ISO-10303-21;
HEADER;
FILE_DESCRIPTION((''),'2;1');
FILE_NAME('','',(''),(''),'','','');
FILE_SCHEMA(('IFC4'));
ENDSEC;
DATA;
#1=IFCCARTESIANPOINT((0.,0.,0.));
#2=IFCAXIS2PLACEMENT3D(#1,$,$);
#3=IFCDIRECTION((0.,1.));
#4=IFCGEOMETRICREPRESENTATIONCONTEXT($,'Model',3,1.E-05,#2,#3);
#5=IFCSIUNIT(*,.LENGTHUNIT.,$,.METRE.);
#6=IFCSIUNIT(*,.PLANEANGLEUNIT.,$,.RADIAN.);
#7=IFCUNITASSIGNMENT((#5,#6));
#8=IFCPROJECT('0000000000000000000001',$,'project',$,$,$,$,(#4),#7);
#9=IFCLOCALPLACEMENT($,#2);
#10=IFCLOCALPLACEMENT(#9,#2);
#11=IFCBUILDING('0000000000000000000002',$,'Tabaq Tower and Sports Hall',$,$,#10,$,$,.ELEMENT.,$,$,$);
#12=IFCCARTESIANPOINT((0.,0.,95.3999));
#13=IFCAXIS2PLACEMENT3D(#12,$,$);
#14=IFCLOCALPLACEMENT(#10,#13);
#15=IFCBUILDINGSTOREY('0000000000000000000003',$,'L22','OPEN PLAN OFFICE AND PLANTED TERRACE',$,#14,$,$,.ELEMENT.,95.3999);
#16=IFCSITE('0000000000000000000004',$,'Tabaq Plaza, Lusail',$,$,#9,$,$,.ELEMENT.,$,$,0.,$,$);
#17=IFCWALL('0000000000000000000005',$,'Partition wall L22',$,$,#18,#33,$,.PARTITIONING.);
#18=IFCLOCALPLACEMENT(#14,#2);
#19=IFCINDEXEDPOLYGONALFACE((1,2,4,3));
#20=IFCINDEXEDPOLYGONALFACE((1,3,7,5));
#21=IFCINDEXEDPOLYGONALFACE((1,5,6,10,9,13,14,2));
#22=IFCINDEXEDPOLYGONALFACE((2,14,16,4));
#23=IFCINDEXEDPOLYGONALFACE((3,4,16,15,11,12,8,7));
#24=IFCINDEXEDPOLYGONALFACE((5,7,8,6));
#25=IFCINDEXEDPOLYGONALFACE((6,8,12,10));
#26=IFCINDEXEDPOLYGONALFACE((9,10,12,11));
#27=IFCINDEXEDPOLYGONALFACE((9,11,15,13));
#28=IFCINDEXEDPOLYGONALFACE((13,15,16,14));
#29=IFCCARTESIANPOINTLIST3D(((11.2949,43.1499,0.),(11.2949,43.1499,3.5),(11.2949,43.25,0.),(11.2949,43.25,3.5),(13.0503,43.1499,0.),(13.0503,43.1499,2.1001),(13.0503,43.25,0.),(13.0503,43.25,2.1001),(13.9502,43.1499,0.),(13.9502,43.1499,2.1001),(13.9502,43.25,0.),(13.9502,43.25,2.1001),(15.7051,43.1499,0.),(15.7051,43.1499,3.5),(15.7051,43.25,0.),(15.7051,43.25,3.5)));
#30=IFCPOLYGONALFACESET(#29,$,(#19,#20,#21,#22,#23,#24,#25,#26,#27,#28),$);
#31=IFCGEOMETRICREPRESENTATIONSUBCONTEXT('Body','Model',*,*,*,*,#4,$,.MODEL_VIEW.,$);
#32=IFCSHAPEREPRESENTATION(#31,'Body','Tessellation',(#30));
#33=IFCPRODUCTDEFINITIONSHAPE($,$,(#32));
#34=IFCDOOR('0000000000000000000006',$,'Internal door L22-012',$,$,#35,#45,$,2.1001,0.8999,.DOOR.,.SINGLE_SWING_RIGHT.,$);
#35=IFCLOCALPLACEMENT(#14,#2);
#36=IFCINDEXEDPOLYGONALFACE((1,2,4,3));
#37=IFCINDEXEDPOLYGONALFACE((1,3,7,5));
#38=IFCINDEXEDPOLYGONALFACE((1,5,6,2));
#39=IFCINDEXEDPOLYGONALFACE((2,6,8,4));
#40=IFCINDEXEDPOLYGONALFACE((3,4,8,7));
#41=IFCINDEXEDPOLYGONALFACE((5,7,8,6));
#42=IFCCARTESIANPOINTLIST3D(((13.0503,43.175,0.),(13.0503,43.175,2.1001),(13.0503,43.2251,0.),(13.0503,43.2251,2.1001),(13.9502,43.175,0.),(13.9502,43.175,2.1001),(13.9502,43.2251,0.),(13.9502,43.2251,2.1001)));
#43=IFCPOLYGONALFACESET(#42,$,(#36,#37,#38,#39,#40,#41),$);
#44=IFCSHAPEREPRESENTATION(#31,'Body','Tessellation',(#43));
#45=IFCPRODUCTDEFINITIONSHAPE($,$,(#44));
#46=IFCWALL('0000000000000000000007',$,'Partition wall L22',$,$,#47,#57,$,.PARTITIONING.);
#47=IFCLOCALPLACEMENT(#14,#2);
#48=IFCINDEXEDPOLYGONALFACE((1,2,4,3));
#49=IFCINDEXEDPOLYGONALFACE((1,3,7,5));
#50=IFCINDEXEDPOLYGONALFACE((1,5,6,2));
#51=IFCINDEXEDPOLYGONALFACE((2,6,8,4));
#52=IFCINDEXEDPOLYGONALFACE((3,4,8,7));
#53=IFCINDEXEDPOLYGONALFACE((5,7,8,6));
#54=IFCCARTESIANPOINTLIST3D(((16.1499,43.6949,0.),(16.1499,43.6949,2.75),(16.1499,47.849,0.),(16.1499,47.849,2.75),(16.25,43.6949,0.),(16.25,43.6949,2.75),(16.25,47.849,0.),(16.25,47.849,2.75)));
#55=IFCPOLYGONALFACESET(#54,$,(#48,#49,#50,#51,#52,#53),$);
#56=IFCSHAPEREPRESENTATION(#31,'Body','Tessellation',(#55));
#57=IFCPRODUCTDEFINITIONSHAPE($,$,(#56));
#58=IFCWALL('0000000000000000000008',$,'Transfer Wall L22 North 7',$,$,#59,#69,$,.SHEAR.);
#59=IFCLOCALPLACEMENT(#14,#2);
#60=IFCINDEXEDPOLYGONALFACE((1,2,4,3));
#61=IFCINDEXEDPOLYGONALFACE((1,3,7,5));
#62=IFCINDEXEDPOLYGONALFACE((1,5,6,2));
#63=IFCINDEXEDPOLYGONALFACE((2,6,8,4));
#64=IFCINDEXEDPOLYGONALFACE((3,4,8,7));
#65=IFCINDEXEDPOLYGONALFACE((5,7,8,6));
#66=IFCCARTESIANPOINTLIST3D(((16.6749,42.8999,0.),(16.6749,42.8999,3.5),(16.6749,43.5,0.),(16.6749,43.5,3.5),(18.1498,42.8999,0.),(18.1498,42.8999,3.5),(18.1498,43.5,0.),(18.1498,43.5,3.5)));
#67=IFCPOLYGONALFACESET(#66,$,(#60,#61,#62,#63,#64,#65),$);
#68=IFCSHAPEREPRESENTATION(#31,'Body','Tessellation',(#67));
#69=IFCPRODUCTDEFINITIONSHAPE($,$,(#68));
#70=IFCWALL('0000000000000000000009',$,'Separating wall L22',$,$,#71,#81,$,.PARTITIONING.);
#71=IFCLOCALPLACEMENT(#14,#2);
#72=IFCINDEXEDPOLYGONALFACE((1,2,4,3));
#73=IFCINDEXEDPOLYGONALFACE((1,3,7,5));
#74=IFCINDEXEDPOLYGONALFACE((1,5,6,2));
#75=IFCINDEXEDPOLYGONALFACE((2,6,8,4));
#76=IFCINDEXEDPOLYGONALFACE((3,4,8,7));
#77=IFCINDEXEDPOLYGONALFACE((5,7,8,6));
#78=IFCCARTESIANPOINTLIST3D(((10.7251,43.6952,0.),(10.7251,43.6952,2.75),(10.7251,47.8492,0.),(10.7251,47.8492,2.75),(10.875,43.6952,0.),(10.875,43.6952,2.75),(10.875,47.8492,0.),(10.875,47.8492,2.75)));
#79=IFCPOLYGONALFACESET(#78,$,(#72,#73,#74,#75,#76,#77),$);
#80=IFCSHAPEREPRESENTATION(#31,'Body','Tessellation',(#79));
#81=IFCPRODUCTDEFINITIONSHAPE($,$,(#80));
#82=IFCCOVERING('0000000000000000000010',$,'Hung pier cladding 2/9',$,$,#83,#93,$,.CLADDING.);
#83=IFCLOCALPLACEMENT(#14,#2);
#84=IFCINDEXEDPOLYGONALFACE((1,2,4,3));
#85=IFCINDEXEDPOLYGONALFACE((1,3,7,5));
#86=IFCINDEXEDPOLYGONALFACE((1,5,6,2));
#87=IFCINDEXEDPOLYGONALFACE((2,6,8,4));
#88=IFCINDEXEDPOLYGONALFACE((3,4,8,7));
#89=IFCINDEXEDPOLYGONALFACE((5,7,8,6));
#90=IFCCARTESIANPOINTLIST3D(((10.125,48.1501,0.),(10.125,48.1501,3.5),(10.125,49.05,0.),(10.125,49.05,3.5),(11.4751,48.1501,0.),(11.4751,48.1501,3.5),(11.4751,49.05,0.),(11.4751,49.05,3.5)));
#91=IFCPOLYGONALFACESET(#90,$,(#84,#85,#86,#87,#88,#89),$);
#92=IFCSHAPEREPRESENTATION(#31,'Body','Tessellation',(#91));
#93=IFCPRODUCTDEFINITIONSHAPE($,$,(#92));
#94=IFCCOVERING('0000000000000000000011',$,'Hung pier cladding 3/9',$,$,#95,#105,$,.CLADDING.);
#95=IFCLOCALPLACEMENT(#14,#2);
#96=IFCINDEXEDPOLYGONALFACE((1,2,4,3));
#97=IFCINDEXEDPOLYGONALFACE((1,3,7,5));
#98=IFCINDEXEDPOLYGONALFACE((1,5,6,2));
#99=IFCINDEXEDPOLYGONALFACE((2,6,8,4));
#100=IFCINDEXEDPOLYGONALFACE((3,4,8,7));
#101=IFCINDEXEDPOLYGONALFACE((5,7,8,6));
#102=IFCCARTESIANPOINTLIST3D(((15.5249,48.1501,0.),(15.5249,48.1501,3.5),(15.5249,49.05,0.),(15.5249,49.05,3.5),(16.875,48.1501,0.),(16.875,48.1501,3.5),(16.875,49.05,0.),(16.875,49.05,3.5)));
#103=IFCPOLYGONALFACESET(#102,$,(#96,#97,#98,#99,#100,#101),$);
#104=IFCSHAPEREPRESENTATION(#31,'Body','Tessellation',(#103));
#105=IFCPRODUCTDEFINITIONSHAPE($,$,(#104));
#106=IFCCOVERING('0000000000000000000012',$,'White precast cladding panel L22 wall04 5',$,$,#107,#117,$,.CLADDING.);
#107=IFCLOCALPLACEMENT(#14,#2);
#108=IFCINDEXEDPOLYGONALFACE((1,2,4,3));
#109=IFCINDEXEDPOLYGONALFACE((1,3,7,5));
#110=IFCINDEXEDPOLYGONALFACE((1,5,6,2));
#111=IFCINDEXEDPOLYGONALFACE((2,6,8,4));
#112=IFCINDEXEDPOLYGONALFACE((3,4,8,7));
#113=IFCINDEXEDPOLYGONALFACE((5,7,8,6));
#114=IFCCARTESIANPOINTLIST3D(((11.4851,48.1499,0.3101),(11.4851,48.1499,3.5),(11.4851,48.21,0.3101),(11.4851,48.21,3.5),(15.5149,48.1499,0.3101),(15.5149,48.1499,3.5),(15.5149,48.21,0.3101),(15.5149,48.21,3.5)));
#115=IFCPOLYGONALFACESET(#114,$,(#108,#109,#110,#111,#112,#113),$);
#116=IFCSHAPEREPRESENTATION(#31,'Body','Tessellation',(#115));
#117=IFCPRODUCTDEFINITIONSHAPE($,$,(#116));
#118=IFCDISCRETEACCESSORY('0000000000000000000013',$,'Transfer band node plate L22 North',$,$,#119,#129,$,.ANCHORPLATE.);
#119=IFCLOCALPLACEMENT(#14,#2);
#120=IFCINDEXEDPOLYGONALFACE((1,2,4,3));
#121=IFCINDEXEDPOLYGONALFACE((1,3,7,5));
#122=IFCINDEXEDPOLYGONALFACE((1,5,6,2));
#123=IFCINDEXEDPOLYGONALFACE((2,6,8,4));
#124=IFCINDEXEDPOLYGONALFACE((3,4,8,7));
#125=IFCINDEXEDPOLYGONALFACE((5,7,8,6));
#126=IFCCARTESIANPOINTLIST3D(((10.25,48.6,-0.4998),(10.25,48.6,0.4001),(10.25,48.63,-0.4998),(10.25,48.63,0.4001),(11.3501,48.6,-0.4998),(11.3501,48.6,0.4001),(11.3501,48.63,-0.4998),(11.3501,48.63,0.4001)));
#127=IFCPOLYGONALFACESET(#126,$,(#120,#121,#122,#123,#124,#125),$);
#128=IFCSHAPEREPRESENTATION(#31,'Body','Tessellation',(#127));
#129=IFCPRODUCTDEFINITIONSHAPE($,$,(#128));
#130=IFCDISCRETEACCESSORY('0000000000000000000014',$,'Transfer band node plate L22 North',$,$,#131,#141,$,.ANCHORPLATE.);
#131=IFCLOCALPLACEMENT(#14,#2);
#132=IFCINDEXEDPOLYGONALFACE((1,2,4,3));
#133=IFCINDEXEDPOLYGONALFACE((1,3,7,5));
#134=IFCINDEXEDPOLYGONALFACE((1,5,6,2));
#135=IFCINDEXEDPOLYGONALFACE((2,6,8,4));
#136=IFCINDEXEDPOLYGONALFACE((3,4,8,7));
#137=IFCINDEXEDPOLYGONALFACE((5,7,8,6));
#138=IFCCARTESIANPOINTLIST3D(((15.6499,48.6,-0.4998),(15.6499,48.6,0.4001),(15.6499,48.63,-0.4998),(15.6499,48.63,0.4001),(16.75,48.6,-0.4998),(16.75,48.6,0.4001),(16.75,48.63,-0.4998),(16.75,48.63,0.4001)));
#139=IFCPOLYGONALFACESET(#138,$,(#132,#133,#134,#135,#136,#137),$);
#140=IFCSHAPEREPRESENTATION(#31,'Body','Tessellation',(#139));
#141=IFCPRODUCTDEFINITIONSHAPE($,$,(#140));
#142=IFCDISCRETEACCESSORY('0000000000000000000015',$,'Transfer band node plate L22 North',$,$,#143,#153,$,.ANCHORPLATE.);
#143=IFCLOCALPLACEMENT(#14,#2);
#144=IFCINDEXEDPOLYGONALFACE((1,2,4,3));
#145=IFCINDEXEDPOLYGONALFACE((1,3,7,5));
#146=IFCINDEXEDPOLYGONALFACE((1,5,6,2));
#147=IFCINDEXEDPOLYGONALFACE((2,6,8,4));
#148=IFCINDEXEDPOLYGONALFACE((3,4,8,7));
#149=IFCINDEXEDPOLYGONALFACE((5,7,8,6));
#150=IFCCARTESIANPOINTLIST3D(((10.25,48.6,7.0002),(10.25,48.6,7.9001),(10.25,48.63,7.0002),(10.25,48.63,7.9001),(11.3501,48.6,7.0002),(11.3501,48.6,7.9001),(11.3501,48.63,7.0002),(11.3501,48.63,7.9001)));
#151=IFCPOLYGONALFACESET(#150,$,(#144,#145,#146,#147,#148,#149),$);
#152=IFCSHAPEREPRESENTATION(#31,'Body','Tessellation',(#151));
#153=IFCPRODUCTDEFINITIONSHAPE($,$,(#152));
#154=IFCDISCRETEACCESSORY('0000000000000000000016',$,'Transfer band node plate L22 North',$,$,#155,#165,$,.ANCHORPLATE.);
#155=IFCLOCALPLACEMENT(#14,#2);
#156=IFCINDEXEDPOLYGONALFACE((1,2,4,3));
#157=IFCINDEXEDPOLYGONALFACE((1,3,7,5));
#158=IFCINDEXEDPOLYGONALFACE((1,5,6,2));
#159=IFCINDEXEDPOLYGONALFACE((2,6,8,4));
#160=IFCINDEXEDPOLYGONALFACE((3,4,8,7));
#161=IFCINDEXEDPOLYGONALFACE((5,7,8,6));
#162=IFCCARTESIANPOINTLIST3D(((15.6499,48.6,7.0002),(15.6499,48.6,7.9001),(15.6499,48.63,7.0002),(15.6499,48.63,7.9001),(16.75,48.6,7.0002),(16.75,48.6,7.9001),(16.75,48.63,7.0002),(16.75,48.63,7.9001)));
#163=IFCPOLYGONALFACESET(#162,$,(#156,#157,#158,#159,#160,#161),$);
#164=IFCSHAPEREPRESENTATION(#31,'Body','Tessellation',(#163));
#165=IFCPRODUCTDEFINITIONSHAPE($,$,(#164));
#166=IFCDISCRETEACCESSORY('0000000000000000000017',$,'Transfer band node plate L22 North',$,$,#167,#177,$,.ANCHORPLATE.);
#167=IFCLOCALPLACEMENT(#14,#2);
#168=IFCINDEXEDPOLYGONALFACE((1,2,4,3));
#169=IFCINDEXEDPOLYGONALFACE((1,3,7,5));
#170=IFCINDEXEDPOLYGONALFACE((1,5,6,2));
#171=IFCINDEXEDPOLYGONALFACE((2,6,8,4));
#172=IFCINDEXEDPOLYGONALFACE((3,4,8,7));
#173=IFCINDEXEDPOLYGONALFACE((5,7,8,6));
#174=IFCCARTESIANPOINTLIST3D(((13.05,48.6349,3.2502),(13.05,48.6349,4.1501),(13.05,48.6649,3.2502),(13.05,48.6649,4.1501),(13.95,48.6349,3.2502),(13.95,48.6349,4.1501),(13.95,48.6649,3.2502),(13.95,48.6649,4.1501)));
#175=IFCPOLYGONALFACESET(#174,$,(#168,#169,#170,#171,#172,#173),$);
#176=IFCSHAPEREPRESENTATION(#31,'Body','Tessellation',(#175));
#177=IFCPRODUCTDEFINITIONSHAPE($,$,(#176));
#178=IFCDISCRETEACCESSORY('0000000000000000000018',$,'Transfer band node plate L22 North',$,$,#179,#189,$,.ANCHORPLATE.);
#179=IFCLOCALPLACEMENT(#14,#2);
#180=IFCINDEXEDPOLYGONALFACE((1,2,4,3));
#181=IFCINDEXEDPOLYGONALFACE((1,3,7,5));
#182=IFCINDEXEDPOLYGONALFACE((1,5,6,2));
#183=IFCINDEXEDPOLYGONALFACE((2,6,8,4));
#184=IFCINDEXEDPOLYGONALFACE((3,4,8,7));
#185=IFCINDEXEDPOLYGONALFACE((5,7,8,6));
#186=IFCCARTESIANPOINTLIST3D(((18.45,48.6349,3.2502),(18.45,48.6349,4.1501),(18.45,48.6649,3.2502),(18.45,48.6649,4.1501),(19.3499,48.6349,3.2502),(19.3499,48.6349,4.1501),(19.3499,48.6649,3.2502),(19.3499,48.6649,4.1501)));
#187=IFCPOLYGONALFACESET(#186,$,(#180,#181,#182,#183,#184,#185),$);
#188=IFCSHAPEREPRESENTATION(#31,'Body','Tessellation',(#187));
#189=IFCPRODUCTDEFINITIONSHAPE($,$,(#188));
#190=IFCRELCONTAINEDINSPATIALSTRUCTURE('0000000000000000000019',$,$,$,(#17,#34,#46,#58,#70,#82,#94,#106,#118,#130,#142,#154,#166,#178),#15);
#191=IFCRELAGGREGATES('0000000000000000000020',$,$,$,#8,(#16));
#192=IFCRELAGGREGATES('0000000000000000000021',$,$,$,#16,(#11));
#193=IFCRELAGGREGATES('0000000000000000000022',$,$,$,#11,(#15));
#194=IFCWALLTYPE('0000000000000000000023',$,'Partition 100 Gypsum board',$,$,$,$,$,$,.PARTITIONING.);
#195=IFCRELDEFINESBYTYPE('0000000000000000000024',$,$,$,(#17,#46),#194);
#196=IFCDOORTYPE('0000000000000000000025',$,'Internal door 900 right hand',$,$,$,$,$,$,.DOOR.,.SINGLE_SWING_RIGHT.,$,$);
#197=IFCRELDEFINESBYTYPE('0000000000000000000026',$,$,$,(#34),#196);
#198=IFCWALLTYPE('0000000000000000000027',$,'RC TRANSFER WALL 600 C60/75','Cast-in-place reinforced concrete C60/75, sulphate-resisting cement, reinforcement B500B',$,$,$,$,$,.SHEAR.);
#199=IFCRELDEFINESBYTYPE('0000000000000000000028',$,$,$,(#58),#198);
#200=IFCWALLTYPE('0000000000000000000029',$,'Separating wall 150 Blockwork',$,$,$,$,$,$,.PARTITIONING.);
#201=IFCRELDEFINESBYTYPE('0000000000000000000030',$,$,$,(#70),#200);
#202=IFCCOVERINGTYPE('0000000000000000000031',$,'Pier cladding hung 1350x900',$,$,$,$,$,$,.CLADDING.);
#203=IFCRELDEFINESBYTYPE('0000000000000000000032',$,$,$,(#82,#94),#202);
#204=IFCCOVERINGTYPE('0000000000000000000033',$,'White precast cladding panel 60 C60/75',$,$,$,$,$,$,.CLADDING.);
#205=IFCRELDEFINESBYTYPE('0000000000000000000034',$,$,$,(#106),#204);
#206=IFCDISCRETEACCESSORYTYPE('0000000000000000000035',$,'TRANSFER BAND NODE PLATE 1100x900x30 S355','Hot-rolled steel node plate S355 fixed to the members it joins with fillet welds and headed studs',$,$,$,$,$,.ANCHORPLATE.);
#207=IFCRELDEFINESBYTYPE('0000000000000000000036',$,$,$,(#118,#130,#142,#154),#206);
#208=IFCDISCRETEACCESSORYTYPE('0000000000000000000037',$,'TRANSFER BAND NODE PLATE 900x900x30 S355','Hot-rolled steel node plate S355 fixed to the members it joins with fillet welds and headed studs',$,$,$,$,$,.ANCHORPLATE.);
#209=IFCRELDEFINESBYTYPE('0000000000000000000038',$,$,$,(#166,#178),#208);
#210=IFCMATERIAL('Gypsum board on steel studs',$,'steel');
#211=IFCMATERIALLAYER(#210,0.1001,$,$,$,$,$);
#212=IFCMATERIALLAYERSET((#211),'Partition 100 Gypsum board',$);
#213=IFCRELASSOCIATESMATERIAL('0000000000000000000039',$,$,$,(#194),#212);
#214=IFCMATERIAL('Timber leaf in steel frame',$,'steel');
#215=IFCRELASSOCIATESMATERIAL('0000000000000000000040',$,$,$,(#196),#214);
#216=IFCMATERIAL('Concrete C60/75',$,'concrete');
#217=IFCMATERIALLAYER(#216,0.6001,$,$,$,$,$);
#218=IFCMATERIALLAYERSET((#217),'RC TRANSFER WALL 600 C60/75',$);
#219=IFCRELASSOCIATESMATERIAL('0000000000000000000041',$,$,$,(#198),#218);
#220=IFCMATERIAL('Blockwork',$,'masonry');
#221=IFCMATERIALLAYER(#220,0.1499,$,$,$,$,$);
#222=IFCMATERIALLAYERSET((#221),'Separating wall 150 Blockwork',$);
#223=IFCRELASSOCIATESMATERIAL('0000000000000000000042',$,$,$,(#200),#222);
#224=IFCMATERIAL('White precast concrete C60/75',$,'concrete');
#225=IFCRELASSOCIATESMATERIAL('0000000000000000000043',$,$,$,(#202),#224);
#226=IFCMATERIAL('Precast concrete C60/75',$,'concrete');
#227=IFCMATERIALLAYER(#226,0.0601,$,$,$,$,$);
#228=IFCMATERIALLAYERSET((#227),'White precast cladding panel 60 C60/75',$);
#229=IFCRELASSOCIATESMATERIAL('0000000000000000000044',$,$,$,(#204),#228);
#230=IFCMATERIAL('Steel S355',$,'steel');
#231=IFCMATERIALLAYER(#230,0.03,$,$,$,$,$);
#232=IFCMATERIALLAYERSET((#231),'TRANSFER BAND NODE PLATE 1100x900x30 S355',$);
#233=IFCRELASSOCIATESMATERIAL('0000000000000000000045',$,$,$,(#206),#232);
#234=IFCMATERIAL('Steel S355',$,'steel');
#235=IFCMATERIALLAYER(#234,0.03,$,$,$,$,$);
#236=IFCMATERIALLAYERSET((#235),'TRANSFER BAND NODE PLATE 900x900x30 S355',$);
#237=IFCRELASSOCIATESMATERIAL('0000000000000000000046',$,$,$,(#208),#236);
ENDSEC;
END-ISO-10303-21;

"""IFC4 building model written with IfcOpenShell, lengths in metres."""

from ifc_helpers import new_model, si_unit, direction, frame, frame_2d, origin, origin_2d, place, context, subcontext, project, spatial, rectangle, extrude, material, layer, layer_set, type_object, element, fill, save


model = new_model("IFC4")

# Units and contexts
model_context = context("Model", 3, precision=1e-05, world=origin(), true_north=direction((0.0, 1.0)))
body_context = subcontext(model_context, "Body", "Model", "MODEL_VIEW")
ifc_project = project(units=[si_unit("LENGTHUNIT", "METRE"), si_unit("PLANEANGLEUNIT", "RADIAN")], contexts=[model_context])

# Site, building, storey
site_placement = place(None, origin())
site = spatial("IfcSite", under=ifc_project, at=site_placement, Name="Tabaq Plaza, Lusail", CompositionType="ELEMENT", RefElevation=0.0)
building_placement = place(site_placement, origin())
building = spatial("IfcBuilding", under=site, at=building_placement, Name="Tabaq Tower and Sports Hall", CompositionType="ELEMENT")
storey_placement = place(building_placement, frame((0.0, 0.0, 95.3999)))
storey = spatial("IfcBuildingStorey", under=building, at=storey_placement, Name="L22", Description="OPEN PLAN OFFICE AND PLANTED TERRACE", CompositionType="ELEMENT", Elevation=95.3999)

# Wall, opening, door
ifc_material_1 = material(Name="Gypsum board on steel studs", Category="steel")
ifc_layer_1 = layer(ifc_material_1, 0.1001)
ifc_layer_set_1 = layer_set([ifc_layer_1], Name="Partition 100 Gypsum board")
wall_type_1 = type_object("IfcWallType", Name="Partition 100 Gypsum board", PredefinedType="PARTITIONING", material=ifc_layer_set_1)
wall_1_placement = place(storey_placement, frame((15.7051, 43.2, 0.0), z_axis=(0.0, 0.0, 1.0), x_axis=(-1.0, 0.0, 0.0)))
wall_1 = element("IfcWall", 1, at=wall_1_placement, inside=storey, type_object=wall_type_1, Name="Partition wall L22", PredefinedType="PARTITIONING", context=body_context, shape_type="SweptSolid", body=[
    extrude(rectangle(XDim=4.4102, YDim=0.1001, at=frame_2d((2.2051, 0.0))), origin(), (0.0, 0.0, 1.0), 3.5),
])
opening_1_placement = place(wall_1_placement, frame((1.7549, 0.0, 0.0)))
opening_1 = element("IfcOpeningElement", 2, at=opening_1_placement, cuts=wall_1, PredefinedType="OPENING", context=body_context, shape_type="SweptSolid", body=[
    extrude(rectangle(XDim=0.8999, YDim=2.1001, at=frame_2d((0.45, 1.05))), frame((0.0, 0.05, 0.0), z_axis=(0.0, -1.0, 0.0), x_axis=(1.0, 0.0, 0.0)), (0.0, 0.0, 1.0), 0.1001),
])
ifc_material_2 = material(Name="Timber leaf in steel frame", Category="steel")
door_type_1 = type_object("IfcDoorType", Name="Internal door 900 right hand", OperationType="SINGLE_SWING_RIGHT", PredefinedType="DOOR", material=ifc_material_2)
door_1_placement = place(opening_1_placement, origin())
door_1 = element("IfcDoor", 3, at=door_1_placement, inside=storey, type_object=door_type_1, Name="Internal door L22-012", OperationType="SINGLE_SWING_RIGHT", OverallHeight=2.1001, OverallWidth=0.8999, PredefinedType="DOOR", context=body_context, shape_type="SweptSolid", body=[
    extrude(rectangle(XDim=0.8999, YDim=2.1001, at=frame_2d((0.45, 1.05))), frame((0.0, 0.0249, 0.0), z_axis=(0.0, -1.0, 0.0), x_axis=(1.0, 0.0, 0.0)), (0.0, 0.0, 1.0), 0.05),
])
fill(opening_1, door_1)

# Walls
wall_2_placement = place(storey_placement, frame((16.2, 47.8491, 0.0), z_axis=(0.0, 0.0, 1.0), x_axis=(0.0, -1.0, 0.0)))
element("IfcWall", 4, at=wall_2_placement, inside=storey, type_object=wall_type_1, Name="Partition wall L22", PredefinedType="PARTITIONING", context=body_context, shape_type="SweptSolid", body=[
    extrude(rectangle(XDim=4.1541, YDim=0.1001, at=frame_2d((2.0771, 0.0))), origin(), (0.0, 0.0, 1.0), 2.75),
])
ifc_material_3 = material(Name="Concrete C60/75", Category="concrete")
ifc_layer_2 = layer(ifc_material_3, 0.6001)
ifc_layer_set_2 = layer_set([ifc_layer_2], Name="RC TRANSFER WALL 600 C60/75")
wall_type_2 = type_object("IfcWallType", Name="RC TRANSFER WALL 600 C60/75", Description="Cast-in-place reinforced concrete C60/75, sulphate-resisting cement, reinforcement B500B", PredefinedType="SHEAR", material=ifc_layer_set_2)
wall_3_placement = place(storey_placement, frame((16.675, 43.2, 0.0), z_axis=(0.0, 0.0, 1.0), x_axis=(1.0, 0.0, 0.0)))
element("IfcWall", 5, at=wall_3_placement, inside=storey, type_object=wall_type_2, Name="Transfer Wall L22 North 7", PredefinedType="SHEAR", context=body_context, shape_type="SweptSolid", body=[
    extrude(rectangle(XDim=1.4749, YDim=0.6001, at=frame_2d((0.7373, 0.0))), origin(), (0.0, 0.0, 1.0), 3.5),
])
ifc_material_4 = material(Name="Blockwork", Category="masonry")
ifc_layer_3 = layer(ifc_material_4, 0.1499)
ifc_layer_set_3 = layer_set([ifc_layer_3], Name="Separating wall 150 Blockwork")
wall_type_3 = type_object("IfcWallType", Name="Separating wall 150 Blockwork", PredefinedType="PARTITIONING", material=ifc_layer_set_3)
wall_4_placement = place(storey_placement, frame((10.8, 43.6951, 0.0), z_axis=(0.0, 0.0, 1.0), x_axis=(0.0, 1.0, 0.0)))
element("IfcWall", 6, at=wall_4_placement, inside=storey, type_object=wall_type_3, Name="Separating wall L22", PredefinedType="PARTITIONING", context=body_context, shape_type="SweptSolid", body=[
    extrude(rectangle(XDim=4.1541, YDim=0.1499, at=frame_2d((2.0771, 0.0))), origin(), (0.0, 0.0, 1.0), 2.75),
])

# Coverings
ifc_material_5 = material(Name="White precast concrete C60/75", Category="concrete")
covering_type_1 = type_object("IfcCoveringType", Name="Pier cladding hung 1350x900", PredefinedType="CLADDING", material=ifc_material_5)
for number, where, z_axis, x_axis, name in (
    (7, (11.4751, 48.6001, 0.0), (0.0, 0.0, 1.0), (-1.0, 0.0, 0.0), "Hung pier cladding 2/9"),
    (8, (16.875, 48.6001, 0.0), (0.0, 0.0, 1.0), (-1.0, 0.0, 0.0), "Hung pier cladding 3/9"),
):
    element("IfcCovering", number, at=place(storey_placement, frame(where, z_axis=z_axis, x_axis=x_axis)), inside=storey, type_object=covering_type_1, Name=name, PredefinedType="CLADDING", context=body_context, shape_type="SweptSolid", body=[
        extrude(rectangle(XDim=1.3501, YDim=0.8999, at=frame_2d((0.675, 0.0))), origin(), (0.0, 0.0, 1.0), 3.5),
    ])
ifc_material_6 = material(Name="Precast concrete C60/75", Category="concrete")
ifc_layer_4 = layer(ifc_material_6, 0.0601)
ifc_layer_set_4 = layer_set([ifc_layer_4], Name="White precast cladding panel 60 C60/75")
covering_type_2 = type_object("IfcCoveringType", Name="White precast cladding panel 60 C60/75", PredefinedType="CLADDING", material=ifc_layer_set_4)
covering_placement = place(storey_placement, frame((15.5149, 48.1799, 0.3101), z_axis=(0.0, 0.0, 1.0), x_axis=(-1.0, 0.0, 0.0)))
element("IfcCovering", 9, at=covering_placement, inside=storey, type_object=covering_type_2, Name="White precast cladding panel L22 wall04 5", PredefinedType="CLADDING", context=body_context, shape_type="SweptSolid", body=[
    extrude(rectangle(XDim=4.0298, YDim=0.0601, at=frame_2d((2.0149, 0.0))), origin(), (0.0, 0.0, 1.0), 3.1899),
])

# Discrete accessories
ifc_material_7 = material(Name="Steel S355", Category="steel")
ifc_layer_5 = layer(ifc_material_7, 0.03)
ifc_layer_set_5 = layer_set([ifc_layer_5], Name="TRANSFER BAND NODE PLATE 1100x900x30 S355")
discrete_accessory_type_1 = type_object("IfcDiscreteAccessoryType", Name="TRANSFER BAND NODE PLATE 1100x900x30 S355", Description="Hot-rolled steel node plate S355 fixed to the members it joins with fillet welds and headed studs", PredefinedType="ANCHORPLATE", material=ifc_layer_set_5)
for number, where, z_axis, x_axis, name in (
    (10, (10.8, 48.615, -0.4998), (0.0, 0.0, 1.0), (-1.0, 0.0, 0.0), "Transfer band node plate L22 North"),
    (11, (16.2, 48.615, -0.4998), (0.0, 0.0, 1.0), (-1.0, 0.0, 0.0), "Transfer band node plate L22 North"),
    (12, (10.8, 48.615, 7.0002), (0.0, 0.0, 1.0), (-1.0, 0.0, 0.0), "Transfer band node plate L22 North"),
    (13, (16.2, 48.615, 7.0002), (0.0, 0.0, 1.0), (-1.0, 0.0, 0.0), "Transfer band node plate L22 North"),
):
    element("IfcDiscreteAccessory", number, at=place(storey_placement, frame(where, z_axis=z_axis, x_axis=x_axis)), inside=storey, type_object=discrete_accessory_type_1, Name=name, PredefinedType="ANCHORPLATE", context=body_context, shape_type="SweptSolid", body=[
        extrude(rectangle(XDim=1.1001, YDim=0.03, at=origin_2d()), origin(), (0.0, 0.0, 1.0), 0.8999),
    ])
ifc_material_8 = material(Name="Steel S355", Category="steel")
ifc_layer_6 = layer(ifc_material_8, 0.03)
ifc_layer_set_6 = layer_set([ifc_layer_6], Name="TRANSFER BAND NODE PLATE 900x900x30 S355")
discrete_accessory_type_2 = type_object("IfcDiscreteAccessoryType", Name="TRANSFER BAND NODE PLATE 900x900x30 S355", Description="Hot-rolled steel node plate S355 fixed to the members it joins with fillet welds and headed studs", PredefinedType="ANCHORPLATE", material=ifc_layer_set_6)
for number, where, z_axis, x_axis, name in (
    (14, (13.5, 48.6499, 3.2502), (0.0, 0.0, 1.0), (-1.0, 0.0, 0.0), "Transfer band node plate L22 North"),
    (15, (18.8999, 48.6499, 3.2502), (0.0, 0.0, 1.0), (-1.0, 0.0, 0.0), "Transfer band node plate L22 North"),
):
    element("IfcDiscreteAccessory", number, at=place(storey_placement, frame(where, z_axis=z_axis, x_axis=x_axis)), inside=storey, type_object=discrete_accessory_type_2, Name=name, PredefinedType="ANCHORPLATE", context=body_context, shape_type="SweptSolid", body=[
        extrude(rectangle(XDim=0.8999, YDim=0.03, at=origin_2d()), origin(), (0.0, 0.0, 1.0), 0.8999),
    ])

save(model, "model.ifc")
